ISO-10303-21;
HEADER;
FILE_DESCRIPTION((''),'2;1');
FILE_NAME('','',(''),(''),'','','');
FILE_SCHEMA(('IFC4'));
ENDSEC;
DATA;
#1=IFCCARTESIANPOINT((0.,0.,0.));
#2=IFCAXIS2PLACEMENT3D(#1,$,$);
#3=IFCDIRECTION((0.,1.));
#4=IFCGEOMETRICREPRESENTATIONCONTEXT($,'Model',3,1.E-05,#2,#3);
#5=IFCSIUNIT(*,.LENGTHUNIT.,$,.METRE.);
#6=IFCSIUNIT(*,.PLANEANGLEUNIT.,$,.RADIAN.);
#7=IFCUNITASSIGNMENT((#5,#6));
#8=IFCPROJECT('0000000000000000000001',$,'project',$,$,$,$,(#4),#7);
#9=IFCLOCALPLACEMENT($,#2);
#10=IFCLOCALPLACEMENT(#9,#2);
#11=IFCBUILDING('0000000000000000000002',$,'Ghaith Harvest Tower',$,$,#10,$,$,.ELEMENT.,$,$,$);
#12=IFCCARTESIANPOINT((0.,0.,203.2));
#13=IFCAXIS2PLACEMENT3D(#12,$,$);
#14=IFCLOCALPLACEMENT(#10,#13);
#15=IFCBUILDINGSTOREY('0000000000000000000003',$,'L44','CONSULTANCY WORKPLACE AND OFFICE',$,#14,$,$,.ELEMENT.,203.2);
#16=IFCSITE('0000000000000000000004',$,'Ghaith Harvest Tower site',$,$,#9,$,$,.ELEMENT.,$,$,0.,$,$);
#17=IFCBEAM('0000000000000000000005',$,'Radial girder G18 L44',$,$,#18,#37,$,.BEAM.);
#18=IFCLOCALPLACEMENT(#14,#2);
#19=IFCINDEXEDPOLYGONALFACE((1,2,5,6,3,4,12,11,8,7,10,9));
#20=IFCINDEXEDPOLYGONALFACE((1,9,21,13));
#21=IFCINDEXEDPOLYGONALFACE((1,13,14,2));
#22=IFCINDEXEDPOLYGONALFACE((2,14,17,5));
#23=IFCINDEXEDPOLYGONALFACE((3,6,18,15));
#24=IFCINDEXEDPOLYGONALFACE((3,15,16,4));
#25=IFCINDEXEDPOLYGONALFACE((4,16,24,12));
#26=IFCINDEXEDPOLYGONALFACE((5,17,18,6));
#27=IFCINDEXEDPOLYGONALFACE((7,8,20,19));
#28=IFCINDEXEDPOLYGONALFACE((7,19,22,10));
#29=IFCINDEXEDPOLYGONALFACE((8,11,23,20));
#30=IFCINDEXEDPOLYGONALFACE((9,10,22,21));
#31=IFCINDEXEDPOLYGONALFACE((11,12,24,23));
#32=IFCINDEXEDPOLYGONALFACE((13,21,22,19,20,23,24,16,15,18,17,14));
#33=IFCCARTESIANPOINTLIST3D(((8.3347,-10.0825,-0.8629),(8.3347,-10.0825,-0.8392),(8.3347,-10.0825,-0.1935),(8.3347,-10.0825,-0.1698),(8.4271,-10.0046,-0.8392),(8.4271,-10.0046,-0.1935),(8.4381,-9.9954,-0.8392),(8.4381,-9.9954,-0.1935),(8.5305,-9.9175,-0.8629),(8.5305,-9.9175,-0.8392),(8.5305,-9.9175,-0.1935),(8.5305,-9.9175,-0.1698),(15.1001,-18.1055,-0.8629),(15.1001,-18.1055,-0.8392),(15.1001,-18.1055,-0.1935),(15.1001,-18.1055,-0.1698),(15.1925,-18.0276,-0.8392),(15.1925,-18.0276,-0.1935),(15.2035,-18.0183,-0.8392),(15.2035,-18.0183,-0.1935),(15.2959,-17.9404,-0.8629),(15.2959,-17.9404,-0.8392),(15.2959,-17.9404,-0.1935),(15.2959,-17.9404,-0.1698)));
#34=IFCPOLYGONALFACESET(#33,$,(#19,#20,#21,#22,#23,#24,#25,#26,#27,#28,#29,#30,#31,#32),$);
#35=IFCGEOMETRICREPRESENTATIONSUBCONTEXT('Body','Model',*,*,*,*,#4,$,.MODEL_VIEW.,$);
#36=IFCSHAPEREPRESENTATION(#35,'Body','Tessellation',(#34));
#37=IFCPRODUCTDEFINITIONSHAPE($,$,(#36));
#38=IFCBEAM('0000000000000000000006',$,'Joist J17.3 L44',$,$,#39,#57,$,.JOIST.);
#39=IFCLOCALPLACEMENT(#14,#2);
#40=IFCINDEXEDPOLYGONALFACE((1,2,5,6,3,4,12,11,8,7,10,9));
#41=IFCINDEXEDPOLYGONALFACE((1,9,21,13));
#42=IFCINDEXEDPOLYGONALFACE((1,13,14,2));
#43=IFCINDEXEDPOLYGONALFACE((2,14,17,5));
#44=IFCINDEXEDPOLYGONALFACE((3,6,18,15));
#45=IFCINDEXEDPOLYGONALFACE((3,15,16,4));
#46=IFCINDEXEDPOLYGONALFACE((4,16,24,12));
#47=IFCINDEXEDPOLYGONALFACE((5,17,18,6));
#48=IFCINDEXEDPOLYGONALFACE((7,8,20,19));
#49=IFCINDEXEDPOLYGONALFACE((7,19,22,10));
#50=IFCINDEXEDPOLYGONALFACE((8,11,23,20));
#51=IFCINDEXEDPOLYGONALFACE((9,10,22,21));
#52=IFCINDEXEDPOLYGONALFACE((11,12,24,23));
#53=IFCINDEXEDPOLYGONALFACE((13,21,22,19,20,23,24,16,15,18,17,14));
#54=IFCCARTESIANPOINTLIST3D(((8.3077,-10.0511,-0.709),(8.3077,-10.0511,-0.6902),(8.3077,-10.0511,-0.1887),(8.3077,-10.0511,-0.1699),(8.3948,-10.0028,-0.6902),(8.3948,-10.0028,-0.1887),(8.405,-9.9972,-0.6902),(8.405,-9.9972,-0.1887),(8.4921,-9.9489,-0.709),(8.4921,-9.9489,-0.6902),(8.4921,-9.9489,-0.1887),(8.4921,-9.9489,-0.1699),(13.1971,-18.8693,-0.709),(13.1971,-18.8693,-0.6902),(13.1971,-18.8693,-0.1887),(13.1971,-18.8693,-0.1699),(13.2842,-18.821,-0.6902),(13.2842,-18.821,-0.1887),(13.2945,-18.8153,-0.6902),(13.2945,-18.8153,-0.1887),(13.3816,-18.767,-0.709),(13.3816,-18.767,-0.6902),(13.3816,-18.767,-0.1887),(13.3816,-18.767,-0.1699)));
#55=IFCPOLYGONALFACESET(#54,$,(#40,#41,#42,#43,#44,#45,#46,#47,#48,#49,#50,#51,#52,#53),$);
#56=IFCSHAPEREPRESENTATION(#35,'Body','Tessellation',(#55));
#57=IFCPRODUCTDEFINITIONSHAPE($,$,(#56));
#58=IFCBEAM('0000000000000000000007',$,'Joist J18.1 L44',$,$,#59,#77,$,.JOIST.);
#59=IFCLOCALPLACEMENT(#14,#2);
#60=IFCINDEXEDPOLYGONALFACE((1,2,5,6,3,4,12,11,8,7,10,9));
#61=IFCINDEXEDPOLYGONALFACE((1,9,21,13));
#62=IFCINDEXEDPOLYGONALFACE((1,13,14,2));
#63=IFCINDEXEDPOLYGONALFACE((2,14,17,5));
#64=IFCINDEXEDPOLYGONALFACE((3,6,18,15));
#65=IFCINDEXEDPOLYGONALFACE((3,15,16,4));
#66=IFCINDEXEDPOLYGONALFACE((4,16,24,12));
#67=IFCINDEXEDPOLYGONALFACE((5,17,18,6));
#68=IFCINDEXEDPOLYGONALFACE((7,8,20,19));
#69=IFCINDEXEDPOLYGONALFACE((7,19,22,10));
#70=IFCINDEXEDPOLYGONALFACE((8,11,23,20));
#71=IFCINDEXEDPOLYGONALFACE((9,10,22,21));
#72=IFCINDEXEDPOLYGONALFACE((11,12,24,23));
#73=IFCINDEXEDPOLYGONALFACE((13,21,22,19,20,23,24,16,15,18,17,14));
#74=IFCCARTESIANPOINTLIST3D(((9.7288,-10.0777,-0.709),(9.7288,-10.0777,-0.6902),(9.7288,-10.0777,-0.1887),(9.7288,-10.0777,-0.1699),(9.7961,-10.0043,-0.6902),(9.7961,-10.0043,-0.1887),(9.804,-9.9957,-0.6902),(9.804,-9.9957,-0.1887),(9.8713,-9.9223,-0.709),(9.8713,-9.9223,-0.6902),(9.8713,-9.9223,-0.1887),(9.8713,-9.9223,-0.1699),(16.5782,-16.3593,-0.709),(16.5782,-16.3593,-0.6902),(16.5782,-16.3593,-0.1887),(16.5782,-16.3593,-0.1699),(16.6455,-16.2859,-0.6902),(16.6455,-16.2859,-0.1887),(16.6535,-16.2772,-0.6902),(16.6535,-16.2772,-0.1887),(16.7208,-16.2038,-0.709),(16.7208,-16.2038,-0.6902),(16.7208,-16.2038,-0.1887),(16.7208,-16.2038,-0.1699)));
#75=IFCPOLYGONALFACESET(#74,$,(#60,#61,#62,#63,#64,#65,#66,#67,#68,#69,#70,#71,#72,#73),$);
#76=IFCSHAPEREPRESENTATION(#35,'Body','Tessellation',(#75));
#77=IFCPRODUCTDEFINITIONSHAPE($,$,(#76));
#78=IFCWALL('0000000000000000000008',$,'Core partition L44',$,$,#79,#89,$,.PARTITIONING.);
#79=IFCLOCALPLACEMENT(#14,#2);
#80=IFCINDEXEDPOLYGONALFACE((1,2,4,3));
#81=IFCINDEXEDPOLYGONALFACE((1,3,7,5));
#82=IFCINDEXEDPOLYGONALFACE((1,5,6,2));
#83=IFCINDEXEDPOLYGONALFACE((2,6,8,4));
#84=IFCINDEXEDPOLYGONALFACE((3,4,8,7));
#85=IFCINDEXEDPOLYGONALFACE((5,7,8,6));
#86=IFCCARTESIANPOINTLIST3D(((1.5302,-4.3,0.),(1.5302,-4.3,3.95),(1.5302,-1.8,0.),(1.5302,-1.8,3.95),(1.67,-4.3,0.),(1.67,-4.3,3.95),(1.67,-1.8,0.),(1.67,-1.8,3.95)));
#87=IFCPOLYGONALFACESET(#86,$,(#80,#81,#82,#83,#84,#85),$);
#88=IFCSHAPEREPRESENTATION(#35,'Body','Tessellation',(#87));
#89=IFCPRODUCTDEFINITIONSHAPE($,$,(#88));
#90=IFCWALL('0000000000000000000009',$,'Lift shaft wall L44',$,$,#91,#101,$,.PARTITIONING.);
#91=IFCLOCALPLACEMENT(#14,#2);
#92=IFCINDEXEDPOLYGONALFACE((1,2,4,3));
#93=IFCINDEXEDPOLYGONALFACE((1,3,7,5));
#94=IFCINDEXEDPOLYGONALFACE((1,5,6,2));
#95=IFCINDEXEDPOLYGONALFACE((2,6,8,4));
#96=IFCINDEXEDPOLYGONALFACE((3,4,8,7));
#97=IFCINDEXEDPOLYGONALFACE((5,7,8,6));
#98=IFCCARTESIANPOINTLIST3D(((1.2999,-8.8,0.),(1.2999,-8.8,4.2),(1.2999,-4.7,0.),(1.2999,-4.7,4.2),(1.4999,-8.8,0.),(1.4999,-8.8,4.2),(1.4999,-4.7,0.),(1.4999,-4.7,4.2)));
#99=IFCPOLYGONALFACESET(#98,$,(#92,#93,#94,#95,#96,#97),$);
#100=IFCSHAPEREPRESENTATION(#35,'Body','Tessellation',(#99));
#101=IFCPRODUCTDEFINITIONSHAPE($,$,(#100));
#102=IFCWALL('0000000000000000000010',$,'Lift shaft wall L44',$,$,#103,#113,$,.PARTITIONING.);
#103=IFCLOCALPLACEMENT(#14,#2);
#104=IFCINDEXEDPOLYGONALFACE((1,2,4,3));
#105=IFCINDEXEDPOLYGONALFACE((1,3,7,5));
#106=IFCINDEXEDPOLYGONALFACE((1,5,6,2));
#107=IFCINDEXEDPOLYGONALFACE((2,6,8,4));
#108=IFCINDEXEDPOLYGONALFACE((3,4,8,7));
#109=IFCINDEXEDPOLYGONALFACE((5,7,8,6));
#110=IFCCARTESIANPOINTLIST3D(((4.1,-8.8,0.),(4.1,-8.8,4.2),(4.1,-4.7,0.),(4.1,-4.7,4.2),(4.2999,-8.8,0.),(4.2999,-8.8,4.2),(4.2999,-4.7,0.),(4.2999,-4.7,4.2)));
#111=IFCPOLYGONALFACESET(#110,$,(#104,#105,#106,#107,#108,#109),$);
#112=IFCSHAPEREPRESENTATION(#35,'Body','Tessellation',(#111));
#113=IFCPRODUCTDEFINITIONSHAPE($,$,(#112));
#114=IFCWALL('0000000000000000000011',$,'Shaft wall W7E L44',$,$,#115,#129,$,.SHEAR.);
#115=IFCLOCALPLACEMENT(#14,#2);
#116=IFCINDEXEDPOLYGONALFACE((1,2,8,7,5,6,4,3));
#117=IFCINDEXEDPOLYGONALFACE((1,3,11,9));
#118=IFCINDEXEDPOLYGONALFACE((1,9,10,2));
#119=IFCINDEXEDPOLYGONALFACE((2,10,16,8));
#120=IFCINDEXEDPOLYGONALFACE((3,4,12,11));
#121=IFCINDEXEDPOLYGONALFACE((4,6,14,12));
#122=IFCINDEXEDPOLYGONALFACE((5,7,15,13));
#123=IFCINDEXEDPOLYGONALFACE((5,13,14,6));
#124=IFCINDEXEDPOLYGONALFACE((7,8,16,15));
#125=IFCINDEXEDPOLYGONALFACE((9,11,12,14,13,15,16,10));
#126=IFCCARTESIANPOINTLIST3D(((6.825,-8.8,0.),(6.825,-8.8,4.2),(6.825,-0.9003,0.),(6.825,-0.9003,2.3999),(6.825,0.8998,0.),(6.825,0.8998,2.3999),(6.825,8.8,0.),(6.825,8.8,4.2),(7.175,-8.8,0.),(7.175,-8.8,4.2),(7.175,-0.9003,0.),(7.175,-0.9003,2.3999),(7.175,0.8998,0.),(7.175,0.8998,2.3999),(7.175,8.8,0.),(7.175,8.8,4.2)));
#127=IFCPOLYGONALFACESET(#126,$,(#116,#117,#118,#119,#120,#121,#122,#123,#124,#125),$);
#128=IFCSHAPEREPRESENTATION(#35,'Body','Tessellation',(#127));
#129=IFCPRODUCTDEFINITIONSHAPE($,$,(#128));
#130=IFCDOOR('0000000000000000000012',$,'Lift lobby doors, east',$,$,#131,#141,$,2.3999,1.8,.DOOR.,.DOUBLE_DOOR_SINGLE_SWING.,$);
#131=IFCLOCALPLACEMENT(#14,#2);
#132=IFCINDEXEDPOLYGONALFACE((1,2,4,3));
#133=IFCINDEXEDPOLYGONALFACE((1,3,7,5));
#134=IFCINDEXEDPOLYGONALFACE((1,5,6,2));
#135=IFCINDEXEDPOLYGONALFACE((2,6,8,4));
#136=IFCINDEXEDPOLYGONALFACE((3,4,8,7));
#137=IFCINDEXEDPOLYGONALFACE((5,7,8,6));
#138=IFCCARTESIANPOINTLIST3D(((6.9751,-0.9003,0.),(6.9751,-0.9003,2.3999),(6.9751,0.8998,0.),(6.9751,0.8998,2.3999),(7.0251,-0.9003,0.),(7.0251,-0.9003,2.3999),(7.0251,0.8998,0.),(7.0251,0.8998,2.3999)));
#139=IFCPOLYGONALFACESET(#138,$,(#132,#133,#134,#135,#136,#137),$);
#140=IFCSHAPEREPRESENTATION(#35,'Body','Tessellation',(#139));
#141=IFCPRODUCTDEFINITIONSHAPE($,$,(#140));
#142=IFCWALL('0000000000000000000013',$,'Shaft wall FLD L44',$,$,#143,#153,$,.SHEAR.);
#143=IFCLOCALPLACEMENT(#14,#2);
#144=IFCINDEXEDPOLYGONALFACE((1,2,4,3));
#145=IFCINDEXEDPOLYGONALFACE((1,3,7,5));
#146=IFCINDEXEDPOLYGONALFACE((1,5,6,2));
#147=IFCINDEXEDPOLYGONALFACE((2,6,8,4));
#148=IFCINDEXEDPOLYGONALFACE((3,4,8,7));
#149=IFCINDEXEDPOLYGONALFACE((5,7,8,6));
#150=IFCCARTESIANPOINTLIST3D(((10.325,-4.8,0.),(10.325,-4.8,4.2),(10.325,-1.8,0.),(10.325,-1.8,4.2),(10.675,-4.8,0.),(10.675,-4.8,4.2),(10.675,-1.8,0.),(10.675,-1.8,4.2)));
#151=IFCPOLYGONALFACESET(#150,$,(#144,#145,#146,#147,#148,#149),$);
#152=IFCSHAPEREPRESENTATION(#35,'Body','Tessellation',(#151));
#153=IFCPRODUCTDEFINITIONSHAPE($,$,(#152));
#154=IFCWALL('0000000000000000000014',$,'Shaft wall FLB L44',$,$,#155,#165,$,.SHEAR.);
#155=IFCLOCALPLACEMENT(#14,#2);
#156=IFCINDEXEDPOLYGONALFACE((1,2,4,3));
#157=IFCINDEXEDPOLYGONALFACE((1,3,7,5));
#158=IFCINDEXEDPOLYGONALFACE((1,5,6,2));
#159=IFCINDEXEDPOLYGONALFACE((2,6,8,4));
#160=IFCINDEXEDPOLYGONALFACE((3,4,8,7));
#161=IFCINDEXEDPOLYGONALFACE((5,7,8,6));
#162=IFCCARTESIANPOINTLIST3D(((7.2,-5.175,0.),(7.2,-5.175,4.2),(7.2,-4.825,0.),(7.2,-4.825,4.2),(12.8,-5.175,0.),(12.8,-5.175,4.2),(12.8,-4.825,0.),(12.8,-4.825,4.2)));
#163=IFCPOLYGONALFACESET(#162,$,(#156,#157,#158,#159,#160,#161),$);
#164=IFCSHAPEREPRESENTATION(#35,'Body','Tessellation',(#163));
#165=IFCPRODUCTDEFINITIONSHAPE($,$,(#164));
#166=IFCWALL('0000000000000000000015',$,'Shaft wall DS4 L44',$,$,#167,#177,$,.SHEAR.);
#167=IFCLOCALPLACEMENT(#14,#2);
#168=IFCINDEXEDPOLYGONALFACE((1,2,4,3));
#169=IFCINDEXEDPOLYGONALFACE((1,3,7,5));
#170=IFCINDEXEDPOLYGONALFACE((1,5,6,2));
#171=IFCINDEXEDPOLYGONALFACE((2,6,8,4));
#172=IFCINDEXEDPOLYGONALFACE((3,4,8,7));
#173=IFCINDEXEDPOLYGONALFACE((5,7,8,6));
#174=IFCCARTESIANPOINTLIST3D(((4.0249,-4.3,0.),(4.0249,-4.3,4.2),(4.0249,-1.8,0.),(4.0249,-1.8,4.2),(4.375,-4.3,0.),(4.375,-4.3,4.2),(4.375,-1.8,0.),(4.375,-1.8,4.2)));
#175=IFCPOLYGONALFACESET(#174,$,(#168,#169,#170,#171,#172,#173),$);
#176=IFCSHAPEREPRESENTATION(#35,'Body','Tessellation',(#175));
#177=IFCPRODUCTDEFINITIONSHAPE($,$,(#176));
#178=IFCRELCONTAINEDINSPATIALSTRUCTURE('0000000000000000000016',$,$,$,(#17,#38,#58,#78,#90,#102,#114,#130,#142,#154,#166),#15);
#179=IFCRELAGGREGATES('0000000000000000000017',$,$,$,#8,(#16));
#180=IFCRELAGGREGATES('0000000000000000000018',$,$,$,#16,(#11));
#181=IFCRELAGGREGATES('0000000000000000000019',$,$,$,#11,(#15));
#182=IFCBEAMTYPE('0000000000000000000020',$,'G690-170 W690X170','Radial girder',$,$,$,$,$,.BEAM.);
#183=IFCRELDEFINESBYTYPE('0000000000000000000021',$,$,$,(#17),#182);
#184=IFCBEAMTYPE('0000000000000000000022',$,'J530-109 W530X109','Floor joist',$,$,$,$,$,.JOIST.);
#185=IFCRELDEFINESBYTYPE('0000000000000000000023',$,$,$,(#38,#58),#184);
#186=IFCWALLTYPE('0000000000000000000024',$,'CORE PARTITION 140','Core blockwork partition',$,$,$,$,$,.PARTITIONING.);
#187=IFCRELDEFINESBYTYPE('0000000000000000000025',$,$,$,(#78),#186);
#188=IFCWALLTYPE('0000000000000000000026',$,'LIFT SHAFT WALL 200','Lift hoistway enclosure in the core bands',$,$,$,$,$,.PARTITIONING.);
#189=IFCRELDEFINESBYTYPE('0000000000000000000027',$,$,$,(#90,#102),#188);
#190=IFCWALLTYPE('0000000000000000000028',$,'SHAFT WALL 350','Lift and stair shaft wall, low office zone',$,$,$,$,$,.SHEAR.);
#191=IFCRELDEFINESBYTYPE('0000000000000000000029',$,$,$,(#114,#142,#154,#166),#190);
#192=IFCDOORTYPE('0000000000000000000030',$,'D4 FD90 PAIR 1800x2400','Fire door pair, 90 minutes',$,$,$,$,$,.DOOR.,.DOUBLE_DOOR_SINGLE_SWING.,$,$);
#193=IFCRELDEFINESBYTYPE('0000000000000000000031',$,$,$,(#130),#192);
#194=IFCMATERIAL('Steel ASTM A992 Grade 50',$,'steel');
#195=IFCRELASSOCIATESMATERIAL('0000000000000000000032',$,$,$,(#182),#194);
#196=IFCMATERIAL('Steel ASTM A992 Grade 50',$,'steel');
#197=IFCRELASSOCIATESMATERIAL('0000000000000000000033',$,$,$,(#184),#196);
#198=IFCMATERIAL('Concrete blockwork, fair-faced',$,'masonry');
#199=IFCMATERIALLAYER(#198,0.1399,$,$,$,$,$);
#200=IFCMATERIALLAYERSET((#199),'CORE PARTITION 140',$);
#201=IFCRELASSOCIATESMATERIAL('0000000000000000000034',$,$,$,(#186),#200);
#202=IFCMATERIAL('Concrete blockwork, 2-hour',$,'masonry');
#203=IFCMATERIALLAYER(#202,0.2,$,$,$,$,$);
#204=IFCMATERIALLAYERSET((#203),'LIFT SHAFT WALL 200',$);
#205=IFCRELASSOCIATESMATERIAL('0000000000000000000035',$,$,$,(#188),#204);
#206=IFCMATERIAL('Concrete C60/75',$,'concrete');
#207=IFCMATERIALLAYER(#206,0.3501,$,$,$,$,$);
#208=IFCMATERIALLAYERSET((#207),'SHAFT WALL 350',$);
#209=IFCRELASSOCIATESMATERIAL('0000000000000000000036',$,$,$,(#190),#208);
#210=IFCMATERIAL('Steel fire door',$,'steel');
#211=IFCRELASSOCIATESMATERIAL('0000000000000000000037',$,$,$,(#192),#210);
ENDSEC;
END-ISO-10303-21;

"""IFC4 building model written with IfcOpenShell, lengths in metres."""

from ifc_helpers import new_model, si_unit, direction, frame, frame_2d, origin, origin_2d, place, context, subcontext, project, spatial, rectangle, i_section, extrude, material, layer, layer_set, material_profile, profile_set, type_object, element, fill, save


model = new_model("IFC4")

# Units and contexts
model_context = context("Model", 3, precision=1e-05, world=origin(), true_north=direction((0.0, 1.0)))
body_context = subcontext(model_context, "Body", "Model", "MODEL_VIEW")
ifc_project = project(units=[si_unit("LENGTHUNIT", "METRE"), si_unit("PLANEANGLEUNIT", "RADIAN")], contexts=[model_context])

# Site, building, storey
site_placement = place(None, origin())
site = spatial("IfcSite", under=ifc_project, at=site_placement, Name="Ghaith Harvest Tower site", CompositionType="ELEMENT", RefElevation=0.0)
building_placement = place(site_placement, origin())
building = spatial("IfcBuilding", under=site, at=building_placement, Name="Ghaith Harvest Tower", CompositionType="ELEMENT")
storey_placement = place(building_placement, frame((0.0, 0.0, 203.2)))
storey = spatial("IfcBuildingStorey", under=building, at=storey_placement, Name="L44", Description="CONSULTANCY WORKPLACE AND OFFICE", CompositionType="ELEMENT", Elevation=203.2)

# Beams
ifc_material_1 = material(Name="Steel ASTM A992 Grade 50", Category="steel")
ifc_material_profile_1 = material_profile(ifc_material_1, i_section(OverallWidth=0.2561, OverallDepth=0.6931, WebThickness=0.0144, FlangeThickness=0.0237, at=origin_2d()), Name="W690X170")
ifc_profile_set_1 = profile_set([ifc_material_profile_1], Name="Steel ASTM A992 Grade 50")
beam_type_1 = type_object("IfcBeamType", Name="G690-170 W690X170", Description="Radial girder", PredefinedType="BEAM", material=ifc_profile_set_1)
beam_1_placement = place(storey_placement, frame((8.4326, -10.0, -0.5164), z_axis=(0.644649, -0.764478, 0.0), x_axis=(0.764478, 0.644649, 0.0)))
element("IfcBeam", 1, at=beam_1_placement, inside=storey, type_object=beam_type_1, Name="Radial girder G18 L44", PredefinedType="BEAM", context=body_context, shape_type="SweptSolid", body=[
    extrude(i_section(OverallWidth=0.2561, OverallDepth=0.6931, WebThickness=0.0144, FlangeThickness=0.0237, at=origin_2d()), origin(), (0.0, 0.0, 1.0), 10.4946),
])
ifc_material_2 = material(Name="Steel ASTM A992 Grade 50", Category="steel")
ifc_material_profile_2 = material_profile(ifc_material_2, i_section(OverallWidth=0.2109, OverallDepth=0.5391, WebThickness=0.0117, FlangeThickness=0.0188, at=origin_2d()), Name="W530X109")
ifc_profile_set_2 = profile_set([ifc_material_profile_2], Name="Steel ASTM A992 Grade 50")
beam_type_2 = type_object("IfcBeamType", Name="J530-109 W530X109", Description="Floor joist", PredefinedType="JOIST", material=ifc_profile_set_2)
beam_2_placement = place(storey_placement, frame((8.3999, -10.0, -0.4395), z_axis=(0.484919, -0.874559, 0.0), x_axis=(0.874559, 0.484919, 0.0)))
element("IfcBeam", 2, at=beam_2_placement, inside=storey, type_object=beam_type_2, Name="Joist J17.3 L44", PredefinedType="JOIST", context=body_context, shape_type="SweptSolid", body=[
    extrude(i_section(OverallWidth=0.2109, OverallDepth=0.5391, WebThickness=0.0117, FlangeThickness=0.0188, at=origin_2d()), origin(), (0.0, 0.0, 1.0), 10.083),
])
beam_3_placement = place(storey_placement, frame((9.8, -10.0, -0.4395), z_axis=(0.736998, -0.675895, 0.0), x_axis=(0.675895, 0.736998, 0.0)))
element("IfcBeam", 3, at=beam_3_placement, inside=storey, type_object=beam_type_2, Name="Joist J18.1 L44", PredefinedType="JOIST", context=body_context, shape_type="SweptSolid", body=[
    extrude(i_section(OverallWidth=0.2109, OverallDepth=0.5391, WebThickness=0.0117, FlangeThickness=0.0188, at=origin_2d()), origin(), (0.0, 0.0, 1.0), 9.2937),
])

# Walls
ifc_material_3 = material(Name="Concrete blockwork, fair-faced", Category="masonry")
ifc_layer_1 = layer(ifc_material_3, 0.1399)
ifc_layer_set_1 = layer_set([ifc_layer_1], Name="CORE PARTITION 140")
wall_type_1 = type_object("IfcWallType", Name="CORE PARTITION 140", Description="Core blockwork partition", PredefinedType="PARTITIONING", material=ifc_layer_set_1)
wall_1_placement = place(storey_placement, frame((1.6001, -1.8, 0.0), z_axis=(0.0, 0.0, 1.0), x_axis=(0.0, -1.0, 0.0)))
element("IfcWall", 4, at=wall_1_placement, inside=storey, type_object=wall_type_1, Name="Core partition L44", PredefinedType="PARTITIONING", context=body_context, shape_type="SweptSolid", body=[
    extrude(rectangle(XDim=2.5, YDim=0.1399, at=frame_2d((1.25, 0.0))), origin(), (0.0, 0.0, 1.0), 3.95),
])
ifc_material_4 = material(Name="Concrete blockwork, 2-hour", Category="masonry")
ifc_layer_2 = layer(ifc_material_4, 0.2)
ifc_layer_set_2 = layer_set([ifc_layer_2], Name="LIFT SHAFT WALL 200")
wall_type_2 = type_object("IfcWallType", Name="LIFT SHAFT WALL 200", Description="Lift hoistway enclosure in the core bands", PredefinedType="PARTITIONING", material=ifc_layer_set_2)
for number, where, z_axis, x_axis, name in (
    (5, (1.3999, -4.7, 0.0), (0.0, 0.0, 1.0), (0.0, -1.0, 0.0), "Lift shaft wall L44"),
    (6, (4.2, -4.7, 0.0), (0.0, 0.0, 1.0), (0.0, -1.0, 0.0), "Lift shaft wall L44"),
):
    element("IfcWall", number, at=place(storey_placement, frame(where, z_axis=z_axis, x_axis=x_axis)), inside=storey, type_object=wall_type_2, Name=name, PredefinedType="PARTITIONING", context=body_context, shape_type="SweptSolid", body=[
        extrude(rectangle(XDim=4.1001, YDim=0.2, at=frame_2d((2.05, 0.0))), origin(), (0.0, 0.0, 1.0), 4.2),
    ])

# Wall, opening, door
ifc_material_5 = material(Name="Concrete C60/75", Category="concrete")
ifc_layer_3 = layer(ifc_material_5, 0.3501)
ifc_layer_set_3 = layer_set([ifc_layer_3], Name="SHAFT WALL 350")
wall_type_3 = type_object("IfcWallType", Name="SHAFT WALL 350", Description="Lift and stair shaft wall, low office zone", PredefinedType="SHEAR", material=ifc_layer_set_3)
wall_2_placement = place(storey_placement, frame((7.0, -8.8, 0.0), z_axis=(0.0, 0.0, 1.0), x_axis=(0.0, 1.0, 0.0)))
wall_2 = element("IfcWall", 7, at=wall_2_placement, inside=storey, type_object=wall_type_3, Name="Shaft wall W7E L44", PredefinedType="SHEAR", context=body_context, shape_type="SweptSolid", body=[
    extrude(rectangle(XDim=17.6001, YDim=0.3501, at=frame_2d((8.8, 0.0))), origin(), (0.0, 0.0, 1.0), 4.2),
])
opening_1_placement = place(wall_2_placement, frame((7.8999, 0.0, 0.0)))
opening_1 = element("IfcOpeningElement", 8, at=opening_1_placement, cuts=wall_2, PredefinedType="OPENING", context=body_context, shape_type="SweptSolid", body=[
    extrude(rectangle(XDim=1.8, YDim=2.3999, at=frame_2d((0.8999, 1.2))), frame((0.0, 0.1851, 0.0), z_axis=(0.0, -1.0, 0.0), x_axis=(1.0, 0.0, 0.0)), (0.0, 0.0, 1.0), 0.3701),
])
ifc_material_6 = material(Name="Steel fire door", Category="steel")
door_type_1 = type_object("IfcDoorType", Name="D4 FD90 PAIR 1800x2400", Description="Fire door pair, 90 minutes", OperationType="DOUBLE_DOOR_SINGLE_SWING", PredefinedType="DOOR", material=ifc_material_6)
door_1_placement = place(opening_1_placement, origin())
door_1 = element("IfcDoor", 9, at=door_1_placement, inside=storey, type_object=door_type_1, Name="Lift lobby doors, east", OperationType="DOUBLE_DOOR_SINGLE_SWING", OverallHeight=2.3999, OverallWidth=1.8, PredefinedType="DOOR", context=body_context, shape_type="SweptSolid", body=[
    extrude(rectangle(XDim=1.8, YDim=2.3999, at=frame_2d((0.8999, 1.2))), frame((0.0, 0.0249, 0.0), z_axis=(0.0, -1.0, 0.0), x_axis=(1.0, 0.0, 0.0)), (0.0, 0.0, 1.0), 0.05),
])
fill(opening_1, door_1)

# Walls
wall_3_placement = place(storey_placement, frame((10.5, -4.8, 0.0), z_axis=(0.0, 0.0, 1.0), x_axis=(0.0, 1.0, 0.0)))
element("IfcWall", 10, at=wall_3_placement, inside=storey, type_object=wall_type_3, Name="Shaft wall FLD L44", PredefinedType="SHEAR", context=body_context, shape_type="SweptSolid", body=[
    extrude(rectangle(XDim=3.0, YDim=0.3501, at=frame_2d((1.5, 0.0))), origin(), (0.0, 0.0, 1.0), 4.2),
])
wall_4_placement = place(storey_placement, frame((7.2, -5.0, 0.0), z_axis=(0.0, 0.0, 1.0), x_axis=(1.0, 0.0, 0.0)))
element("IfcWall", 11, at=wall_4_placement, inside=storey, type_object=wall_type_3, Name="Shaft wall FLB L44", PredefinedType="SHEAR", context=body_context, shape_type="SweptSolid", body=[
    extrude(rectangle(XDim=5.6001, YDim=0.3501, at=frame_2d((2.8, 0.0))), origin(), (0.0, 0.0, 1.0), 4.2),
])
wall_5_placement = place(storey_placement, frame((4.2, -4.3, 0.0), z_axis=(0.0, 0.0, 1.0), x_axis=(0.0, 1.0, 0.0)))
element("IfcWall", 12, at=wall_5_placement, inside=storey, type_object=wall_type_3, Name="Shaft wall DS4 L44", PredefinedType="SHEAR", context=body_context, shape_type="SweptSolid", body=[
    extrude(rectangle(XDim=2.5, YDim=0.3501, at=frame_2d((1.25, 0.0))), origin(), (0.0, 0.0, 1.0), 4.2),
])

save(model, "model.ifc")
